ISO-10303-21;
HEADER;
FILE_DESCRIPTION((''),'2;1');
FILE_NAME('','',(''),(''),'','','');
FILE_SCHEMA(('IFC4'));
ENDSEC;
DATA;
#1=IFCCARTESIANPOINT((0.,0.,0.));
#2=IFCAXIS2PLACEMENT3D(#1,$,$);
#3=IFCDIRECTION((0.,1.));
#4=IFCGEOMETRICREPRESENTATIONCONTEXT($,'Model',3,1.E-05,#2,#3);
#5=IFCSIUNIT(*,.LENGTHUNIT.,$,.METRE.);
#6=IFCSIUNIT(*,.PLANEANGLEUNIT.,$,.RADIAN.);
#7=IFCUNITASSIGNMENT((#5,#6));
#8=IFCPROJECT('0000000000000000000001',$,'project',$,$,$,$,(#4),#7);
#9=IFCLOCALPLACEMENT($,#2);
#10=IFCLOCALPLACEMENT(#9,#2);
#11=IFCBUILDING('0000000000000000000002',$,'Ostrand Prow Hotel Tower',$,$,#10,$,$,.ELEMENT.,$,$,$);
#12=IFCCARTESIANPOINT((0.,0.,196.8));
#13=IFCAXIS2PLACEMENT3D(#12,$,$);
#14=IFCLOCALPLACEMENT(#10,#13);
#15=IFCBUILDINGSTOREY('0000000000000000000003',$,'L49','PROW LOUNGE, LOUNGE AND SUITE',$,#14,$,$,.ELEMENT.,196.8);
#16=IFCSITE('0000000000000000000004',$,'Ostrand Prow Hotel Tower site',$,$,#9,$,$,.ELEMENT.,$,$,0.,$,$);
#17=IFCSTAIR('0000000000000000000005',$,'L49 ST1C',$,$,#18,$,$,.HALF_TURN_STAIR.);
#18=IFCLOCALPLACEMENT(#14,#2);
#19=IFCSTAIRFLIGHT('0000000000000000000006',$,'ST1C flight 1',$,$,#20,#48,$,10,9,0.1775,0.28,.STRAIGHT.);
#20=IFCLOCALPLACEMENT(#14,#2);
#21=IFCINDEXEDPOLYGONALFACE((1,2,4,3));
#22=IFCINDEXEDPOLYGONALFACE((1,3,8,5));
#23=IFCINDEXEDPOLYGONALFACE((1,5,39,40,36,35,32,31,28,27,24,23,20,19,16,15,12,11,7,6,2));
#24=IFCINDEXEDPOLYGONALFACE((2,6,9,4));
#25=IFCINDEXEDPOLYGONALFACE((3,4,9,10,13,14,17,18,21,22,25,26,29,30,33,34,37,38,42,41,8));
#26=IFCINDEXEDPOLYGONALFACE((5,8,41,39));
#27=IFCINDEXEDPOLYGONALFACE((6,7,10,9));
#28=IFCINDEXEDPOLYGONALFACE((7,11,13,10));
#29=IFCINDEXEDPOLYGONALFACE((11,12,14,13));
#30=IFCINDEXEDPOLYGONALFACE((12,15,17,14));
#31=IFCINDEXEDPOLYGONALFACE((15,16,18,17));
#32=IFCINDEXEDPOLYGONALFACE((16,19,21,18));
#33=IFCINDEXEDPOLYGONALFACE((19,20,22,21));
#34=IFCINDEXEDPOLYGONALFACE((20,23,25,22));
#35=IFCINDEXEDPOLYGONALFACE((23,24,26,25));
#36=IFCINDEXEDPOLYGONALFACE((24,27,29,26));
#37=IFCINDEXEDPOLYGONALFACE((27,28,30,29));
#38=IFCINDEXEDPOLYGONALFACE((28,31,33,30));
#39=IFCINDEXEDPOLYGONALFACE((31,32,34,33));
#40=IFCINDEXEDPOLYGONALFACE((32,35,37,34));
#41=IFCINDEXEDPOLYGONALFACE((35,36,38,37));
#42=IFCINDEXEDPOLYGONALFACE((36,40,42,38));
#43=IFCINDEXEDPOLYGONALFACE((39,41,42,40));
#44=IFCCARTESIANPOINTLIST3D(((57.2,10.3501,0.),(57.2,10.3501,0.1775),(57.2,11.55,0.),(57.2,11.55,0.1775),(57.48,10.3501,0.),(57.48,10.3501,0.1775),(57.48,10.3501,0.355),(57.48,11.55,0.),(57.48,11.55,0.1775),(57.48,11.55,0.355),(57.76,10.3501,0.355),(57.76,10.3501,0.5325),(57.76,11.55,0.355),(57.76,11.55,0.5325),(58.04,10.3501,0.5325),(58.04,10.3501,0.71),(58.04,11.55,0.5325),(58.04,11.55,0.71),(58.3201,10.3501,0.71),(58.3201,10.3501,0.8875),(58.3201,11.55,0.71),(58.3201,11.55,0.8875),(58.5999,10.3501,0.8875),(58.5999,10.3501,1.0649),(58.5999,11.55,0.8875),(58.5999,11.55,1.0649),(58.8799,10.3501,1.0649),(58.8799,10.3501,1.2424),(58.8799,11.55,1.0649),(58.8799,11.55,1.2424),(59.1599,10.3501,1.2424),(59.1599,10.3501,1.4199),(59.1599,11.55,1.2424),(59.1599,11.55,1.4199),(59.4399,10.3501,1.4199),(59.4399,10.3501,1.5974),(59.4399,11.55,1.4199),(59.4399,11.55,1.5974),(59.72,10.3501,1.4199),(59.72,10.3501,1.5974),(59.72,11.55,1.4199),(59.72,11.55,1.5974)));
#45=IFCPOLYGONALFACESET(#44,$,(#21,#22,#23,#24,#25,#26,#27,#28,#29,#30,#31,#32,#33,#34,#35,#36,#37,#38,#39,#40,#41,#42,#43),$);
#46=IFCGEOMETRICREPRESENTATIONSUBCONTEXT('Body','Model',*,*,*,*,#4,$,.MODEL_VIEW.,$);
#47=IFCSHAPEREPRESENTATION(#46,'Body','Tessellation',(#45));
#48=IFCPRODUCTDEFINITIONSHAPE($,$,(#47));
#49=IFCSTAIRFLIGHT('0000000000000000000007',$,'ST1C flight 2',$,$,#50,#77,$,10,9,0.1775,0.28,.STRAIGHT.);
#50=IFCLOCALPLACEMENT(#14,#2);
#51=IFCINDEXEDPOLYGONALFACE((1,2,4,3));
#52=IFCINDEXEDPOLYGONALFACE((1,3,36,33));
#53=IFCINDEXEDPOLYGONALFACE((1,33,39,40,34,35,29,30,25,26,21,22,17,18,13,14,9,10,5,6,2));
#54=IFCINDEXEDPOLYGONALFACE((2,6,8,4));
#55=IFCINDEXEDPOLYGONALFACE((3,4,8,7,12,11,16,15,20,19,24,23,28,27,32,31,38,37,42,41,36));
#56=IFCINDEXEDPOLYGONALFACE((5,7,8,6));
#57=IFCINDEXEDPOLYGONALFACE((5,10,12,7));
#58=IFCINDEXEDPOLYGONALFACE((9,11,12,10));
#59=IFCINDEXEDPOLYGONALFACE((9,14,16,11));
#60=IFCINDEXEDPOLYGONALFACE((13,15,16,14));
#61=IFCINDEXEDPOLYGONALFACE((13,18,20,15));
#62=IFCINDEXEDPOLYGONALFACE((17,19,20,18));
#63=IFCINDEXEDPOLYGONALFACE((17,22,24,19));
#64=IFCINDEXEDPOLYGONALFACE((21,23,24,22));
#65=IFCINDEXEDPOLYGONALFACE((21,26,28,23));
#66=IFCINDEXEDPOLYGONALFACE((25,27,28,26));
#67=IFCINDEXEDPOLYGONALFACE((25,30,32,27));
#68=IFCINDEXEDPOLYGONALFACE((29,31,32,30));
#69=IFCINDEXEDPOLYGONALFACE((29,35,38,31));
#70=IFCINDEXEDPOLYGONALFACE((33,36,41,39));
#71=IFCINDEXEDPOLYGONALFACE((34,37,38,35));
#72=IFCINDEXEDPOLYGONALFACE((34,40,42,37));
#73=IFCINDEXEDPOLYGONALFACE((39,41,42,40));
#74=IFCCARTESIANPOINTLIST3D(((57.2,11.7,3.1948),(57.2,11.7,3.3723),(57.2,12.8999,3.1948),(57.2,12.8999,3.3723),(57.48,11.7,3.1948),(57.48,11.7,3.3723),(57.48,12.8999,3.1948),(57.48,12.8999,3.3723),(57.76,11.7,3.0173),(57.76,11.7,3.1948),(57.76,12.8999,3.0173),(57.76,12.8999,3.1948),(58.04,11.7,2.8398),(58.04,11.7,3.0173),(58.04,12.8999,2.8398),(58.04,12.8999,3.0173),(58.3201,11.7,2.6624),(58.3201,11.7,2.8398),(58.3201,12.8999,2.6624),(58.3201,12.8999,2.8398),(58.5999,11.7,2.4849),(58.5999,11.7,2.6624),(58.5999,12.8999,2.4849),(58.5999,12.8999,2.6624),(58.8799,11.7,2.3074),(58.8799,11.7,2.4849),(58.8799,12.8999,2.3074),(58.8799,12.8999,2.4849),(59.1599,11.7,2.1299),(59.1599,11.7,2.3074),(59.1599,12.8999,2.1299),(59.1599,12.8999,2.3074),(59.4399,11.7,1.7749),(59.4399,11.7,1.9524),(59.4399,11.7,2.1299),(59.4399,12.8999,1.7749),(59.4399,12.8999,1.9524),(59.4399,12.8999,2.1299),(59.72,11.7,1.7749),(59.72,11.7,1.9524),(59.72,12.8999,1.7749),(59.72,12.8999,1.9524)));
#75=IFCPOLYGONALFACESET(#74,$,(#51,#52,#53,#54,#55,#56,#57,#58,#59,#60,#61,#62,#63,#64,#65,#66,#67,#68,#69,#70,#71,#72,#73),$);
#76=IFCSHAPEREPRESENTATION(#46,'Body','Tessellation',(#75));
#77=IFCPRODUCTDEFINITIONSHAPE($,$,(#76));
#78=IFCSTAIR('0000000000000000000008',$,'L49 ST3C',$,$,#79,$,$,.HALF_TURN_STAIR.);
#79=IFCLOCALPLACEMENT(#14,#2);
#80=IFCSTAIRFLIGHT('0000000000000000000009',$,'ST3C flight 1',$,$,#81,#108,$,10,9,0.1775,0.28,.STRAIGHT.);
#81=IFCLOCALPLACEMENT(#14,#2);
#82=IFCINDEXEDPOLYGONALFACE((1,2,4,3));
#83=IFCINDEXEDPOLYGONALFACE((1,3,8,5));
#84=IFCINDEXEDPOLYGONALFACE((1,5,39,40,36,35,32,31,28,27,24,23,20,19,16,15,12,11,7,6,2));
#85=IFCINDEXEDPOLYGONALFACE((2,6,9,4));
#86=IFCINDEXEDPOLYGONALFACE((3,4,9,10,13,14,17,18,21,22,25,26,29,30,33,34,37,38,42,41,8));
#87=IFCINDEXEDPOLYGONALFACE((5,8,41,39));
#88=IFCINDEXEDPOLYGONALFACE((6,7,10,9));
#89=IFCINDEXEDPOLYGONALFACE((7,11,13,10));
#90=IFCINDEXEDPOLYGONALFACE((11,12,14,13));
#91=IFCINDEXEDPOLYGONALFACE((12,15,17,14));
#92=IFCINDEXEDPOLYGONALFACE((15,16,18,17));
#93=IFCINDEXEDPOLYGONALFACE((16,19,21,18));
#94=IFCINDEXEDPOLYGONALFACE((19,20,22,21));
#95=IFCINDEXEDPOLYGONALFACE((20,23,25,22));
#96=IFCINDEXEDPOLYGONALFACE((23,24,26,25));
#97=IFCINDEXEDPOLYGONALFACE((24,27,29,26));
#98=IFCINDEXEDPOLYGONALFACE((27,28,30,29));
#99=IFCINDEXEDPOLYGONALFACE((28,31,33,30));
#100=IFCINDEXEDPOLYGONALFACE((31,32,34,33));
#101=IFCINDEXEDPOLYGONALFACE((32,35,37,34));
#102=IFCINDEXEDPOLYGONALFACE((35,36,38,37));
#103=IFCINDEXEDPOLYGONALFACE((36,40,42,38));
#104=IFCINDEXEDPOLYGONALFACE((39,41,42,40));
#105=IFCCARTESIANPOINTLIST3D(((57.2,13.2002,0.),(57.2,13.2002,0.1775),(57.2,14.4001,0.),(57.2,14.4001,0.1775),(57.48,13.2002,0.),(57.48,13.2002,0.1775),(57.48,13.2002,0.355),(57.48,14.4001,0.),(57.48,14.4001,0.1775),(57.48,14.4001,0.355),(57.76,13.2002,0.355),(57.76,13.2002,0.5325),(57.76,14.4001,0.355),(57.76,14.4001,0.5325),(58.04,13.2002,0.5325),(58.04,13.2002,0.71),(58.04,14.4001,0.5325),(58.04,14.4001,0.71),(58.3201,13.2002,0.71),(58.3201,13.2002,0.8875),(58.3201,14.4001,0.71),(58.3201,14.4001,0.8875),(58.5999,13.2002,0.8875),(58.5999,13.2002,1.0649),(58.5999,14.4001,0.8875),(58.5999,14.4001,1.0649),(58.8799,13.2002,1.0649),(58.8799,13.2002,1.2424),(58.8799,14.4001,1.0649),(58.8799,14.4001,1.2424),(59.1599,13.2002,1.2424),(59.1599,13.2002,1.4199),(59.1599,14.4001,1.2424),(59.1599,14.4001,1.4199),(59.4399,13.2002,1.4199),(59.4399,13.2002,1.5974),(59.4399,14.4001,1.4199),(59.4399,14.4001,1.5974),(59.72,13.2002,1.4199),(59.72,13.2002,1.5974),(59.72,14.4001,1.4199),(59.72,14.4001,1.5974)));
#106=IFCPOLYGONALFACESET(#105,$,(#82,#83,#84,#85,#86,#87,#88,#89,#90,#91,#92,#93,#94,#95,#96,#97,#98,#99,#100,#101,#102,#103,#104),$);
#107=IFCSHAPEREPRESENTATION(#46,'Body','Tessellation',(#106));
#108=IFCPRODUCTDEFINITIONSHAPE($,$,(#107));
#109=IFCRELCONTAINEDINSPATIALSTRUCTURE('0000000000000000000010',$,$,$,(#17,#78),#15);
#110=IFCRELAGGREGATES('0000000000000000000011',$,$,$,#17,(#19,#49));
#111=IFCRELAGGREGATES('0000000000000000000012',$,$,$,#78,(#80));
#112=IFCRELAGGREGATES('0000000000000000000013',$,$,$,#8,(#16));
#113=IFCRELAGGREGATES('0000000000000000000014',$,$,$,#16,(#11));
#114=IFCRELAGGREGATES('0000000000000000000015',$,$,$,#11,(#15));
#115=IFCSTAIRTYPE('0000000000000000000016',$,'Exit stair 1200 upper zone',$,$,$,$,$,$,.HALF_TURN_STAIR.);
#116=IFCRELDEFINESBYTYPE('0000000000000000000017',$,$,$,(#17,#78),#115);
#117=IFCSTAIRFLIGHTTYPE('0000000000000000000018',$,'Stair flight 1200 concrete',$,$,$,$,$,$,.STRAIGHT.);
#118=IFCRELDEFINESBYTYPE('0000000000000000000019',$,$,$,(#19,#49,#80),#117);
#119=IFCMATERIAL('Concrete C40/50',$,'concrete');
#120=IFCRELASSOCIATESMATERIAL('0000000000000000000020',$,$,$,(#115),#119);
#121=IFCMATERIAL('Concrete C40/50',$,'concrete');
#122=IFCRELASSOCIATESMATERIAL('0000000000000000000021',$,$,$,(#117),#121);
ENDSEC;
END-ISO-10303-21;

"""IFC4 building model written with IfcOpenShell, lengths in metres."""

from ifc_helpers import new_model, si_unit, direction, frame, origin, place, context, subcontext, project, spatial, polyline, outline, extrude, material, type_object, element, aggregate, save


model = new_model("IFC4")

# Units and contexts
model_context = context("Model", 3, precision=1e-05, world=origin(), true_north=direction((0.0, 1.0)))
body_context = subcontext(model_context, "Body", "Model", "MODEL_VIEW")
ifc_project = project(units=[si_unit("LENGTHUNIT", "METRE"), si_unit("PLANEANGLEUNIT", "RADIAN")], contexts=[model_context])

# Site, building, storey
site_placement = place(None, origin())
site = spatial("IfcSite", under=ifc_project, at=site_placement, Name="Ostrand Prow Hotel Tower site", CompositionType="ELEMENT", RefElevation=0.0)
building_placement = place(site_placement, origin())
building = spatial("IfcBuilding", under=site, at=building_placement, Name="Ostrand Prow Hotel Tower", CompositionType="ELEMENT")
storey_placement = place(building_placement, frame((0.0, 0.0, 196.8)))
storey = spatial("IfcBuildingStorey", under=building, at=storey_placement, Name="L49", Description="PROW LOUNGE, LOUNGE AND SUITE", CompositionType="ELEMENT", Elevation=196.8)

# Stair, stair flights
ifc_material_1 = material(Name="Concrete C40/50", Category="concrete")
stair_type = type_object("IfcStairType", Name="Exit stair 1200 upper zone", PredefinedType="HALF_TURN_STAIR", material=ifc_material_1)
stair_1_placement = place(storey_placement, origin())
stair_1 = element("IfcStair", 1, at=stair_1_placement, inside=storey, type_object=stair_type, Name="L49 ST1C", PredefinedType="HALF_TURN_STAIR")
ifc_material_2 = material(Name="Concrete C40/50", Category="concrete")
stair_flight_type = type_object("IfcStairFlightType", Name="Stair flight 1200 concrete", PredefinedType="STRAIGHT", material=ifc_material_2)
stair_flight_1_placement = place(storey_placement, frame((57.2, 10.95, 0.0), z_axis=(0.0, 0.0, 1.0), x_axis=(1.0, 0.0, 0.0)))
stair_flight_1 = element("IfcStairFlight", 2, at=stair_flight_1_placement, type_object=stair_flight_type, Name="ST1C flight 1", NumberOfRisers=10, NumberOfTreads=9, PredefinedType="STRAIGHT", RiserHeight=0.1775, TreadLength=0.28, context=body_context, shape_type="SweptSolid", body=[
    extrude(outline(polyline([(0.0, 0.0), (0.0, 0.1775), (0.28, 0.1775), (0.28, 0.355), (0.5601, 0.355), (0.5601, 0.5325), (0.8401, 0.5325), (0.8401, 0.71), (1.1201, 0.71), (1.1201, 0.8875), (1.3999, 0.8875), (1.3999, 1.0649), (1.6799, 1.0649), (1.6799, 1.2424), (1.96, 1.2424), (1.96, 1.4199), (2.24, 1.4199), (2.24, 1.5974), (2.52, 1.5974), (2.52, 1.7749), (2.52, 1.4199), (0.28, 0.0), (0.0, 0.0)])), frame((0.0, 0.6001, 0.0), z_axis=(0.0, -1.0, 0.0), x_axis=(1.0, 0.0, 0.0)), (0.0, 0.0, 1.0), 1.2),
])
stair_flight_2_placement = place(storey_placement, frame((59.72, 12.3, 1.7749), z_axis=(0.0, 0.0, 1.0), x_axis=(-1.0, 0.0, 0.0)))
stair_flight_2 = element("IfcStairFlight", 3, at=stair_flight_2_placement, type_object=stair_flight_type, Name="ST1C flight 2", NumberOfRisers=10, NumberOfTreads=9, PredefinedType="STRAIGHT", RiserHeight=0.1775, TreadLength=0.28, context=body_context, shape_type="SweptSolid", body=[
    extrude(outline(polyline([(0.0, 0.0), (0.0, 0.1775), (0.28, 0.1775), (0.28, 0.355), (0.5601, 0.355), (0.5601, 0.5325), (0.8401, 0.5325), (0.8401, 0.71), (1.1201, 0.71), (1.1201, 0.8875), (1.3999, 0.8875), (1.3999, 1.0649), (1.6799, 1.0649), (1.6799, 1.2424), (1.96, 1.2424), (1.96, 1.4199), (2.24, 1.4199), (2.24, 1.5974), (2.52, 1.5974), (2.52, 1.7749), (2.52, 1.4199), (0.28, 0.0), (0.0, 0.0)])), frame((0.0, 0.6001, 0.0), z_axis=(0.0, -1.0, 0.0), x_axis=(1.0, 0.0, 0.0)), (0.0, 0.0, 1.0), 1.2),
])
aggregate(stair_1, [stair_flight_1, stair_flight_2])

# Stair, stair flight
stair_2_placement = place(storey_placement, origin())
stair_2 = element("IfcStair", 4, at=stair_2_placement, inside=storey, type_object=stair_type, Name="L49 ST3C", PredefinedType="HALF_TURN_STAIR")
stair_flight_3_placement = place(storey_placement, frame((57.2, 13.8, 0.0), z_axis=(0.0, 0.0, 1.0), x_axis=(1.0, 0.0, 0.0)))
stair_flight_3 = element("IfcStairFlight", 5, at=stair_flight_3_placement, type_object=stair_flight_type, Name="ST3C flight 1", NumberOfRisers=10, NumberOfTreads=9, PredefinedType="STRAIGHT", RiserHeight=0.1775, TreadLength=0.28, context=body_context, shape_type="SweptSolid", body=[
    extrude(outline(polyline([(0.0, 0.0), (0.0, 0.1775), (0.28, 0.1775), (0.28, 0.355), (0.5601, 0.355), (0.5601, 0.5325), (0.8401, 0.5325), (0.8401, 0.71), (1.1201, 0.71), (1.1201, 0.8875), (1.3999, 0.8875), (1.3999, 1.0649), (1.6799, 1.0649), (1.6799, 1.2424), (1.96, 1.2424), (1.96, 1.4199), (2.24, 1.4199), (2.24, 1.5974), (2.52, 1.5974), (2.52, 1.7749), (2.52, 1.4199), (0.28, 0.0), (0.0, 0.0)])), frame((0.0, 0.6001, 0.0), z_axis=(0.0, -1.0, 0.0), x_axis=(1.0, 0.0, 0.0)), (0.0, 0.0, 1.0), 1.2),
])
aggregate(stair_2, [stair_flight_3])

save(model, "model.ifc")
